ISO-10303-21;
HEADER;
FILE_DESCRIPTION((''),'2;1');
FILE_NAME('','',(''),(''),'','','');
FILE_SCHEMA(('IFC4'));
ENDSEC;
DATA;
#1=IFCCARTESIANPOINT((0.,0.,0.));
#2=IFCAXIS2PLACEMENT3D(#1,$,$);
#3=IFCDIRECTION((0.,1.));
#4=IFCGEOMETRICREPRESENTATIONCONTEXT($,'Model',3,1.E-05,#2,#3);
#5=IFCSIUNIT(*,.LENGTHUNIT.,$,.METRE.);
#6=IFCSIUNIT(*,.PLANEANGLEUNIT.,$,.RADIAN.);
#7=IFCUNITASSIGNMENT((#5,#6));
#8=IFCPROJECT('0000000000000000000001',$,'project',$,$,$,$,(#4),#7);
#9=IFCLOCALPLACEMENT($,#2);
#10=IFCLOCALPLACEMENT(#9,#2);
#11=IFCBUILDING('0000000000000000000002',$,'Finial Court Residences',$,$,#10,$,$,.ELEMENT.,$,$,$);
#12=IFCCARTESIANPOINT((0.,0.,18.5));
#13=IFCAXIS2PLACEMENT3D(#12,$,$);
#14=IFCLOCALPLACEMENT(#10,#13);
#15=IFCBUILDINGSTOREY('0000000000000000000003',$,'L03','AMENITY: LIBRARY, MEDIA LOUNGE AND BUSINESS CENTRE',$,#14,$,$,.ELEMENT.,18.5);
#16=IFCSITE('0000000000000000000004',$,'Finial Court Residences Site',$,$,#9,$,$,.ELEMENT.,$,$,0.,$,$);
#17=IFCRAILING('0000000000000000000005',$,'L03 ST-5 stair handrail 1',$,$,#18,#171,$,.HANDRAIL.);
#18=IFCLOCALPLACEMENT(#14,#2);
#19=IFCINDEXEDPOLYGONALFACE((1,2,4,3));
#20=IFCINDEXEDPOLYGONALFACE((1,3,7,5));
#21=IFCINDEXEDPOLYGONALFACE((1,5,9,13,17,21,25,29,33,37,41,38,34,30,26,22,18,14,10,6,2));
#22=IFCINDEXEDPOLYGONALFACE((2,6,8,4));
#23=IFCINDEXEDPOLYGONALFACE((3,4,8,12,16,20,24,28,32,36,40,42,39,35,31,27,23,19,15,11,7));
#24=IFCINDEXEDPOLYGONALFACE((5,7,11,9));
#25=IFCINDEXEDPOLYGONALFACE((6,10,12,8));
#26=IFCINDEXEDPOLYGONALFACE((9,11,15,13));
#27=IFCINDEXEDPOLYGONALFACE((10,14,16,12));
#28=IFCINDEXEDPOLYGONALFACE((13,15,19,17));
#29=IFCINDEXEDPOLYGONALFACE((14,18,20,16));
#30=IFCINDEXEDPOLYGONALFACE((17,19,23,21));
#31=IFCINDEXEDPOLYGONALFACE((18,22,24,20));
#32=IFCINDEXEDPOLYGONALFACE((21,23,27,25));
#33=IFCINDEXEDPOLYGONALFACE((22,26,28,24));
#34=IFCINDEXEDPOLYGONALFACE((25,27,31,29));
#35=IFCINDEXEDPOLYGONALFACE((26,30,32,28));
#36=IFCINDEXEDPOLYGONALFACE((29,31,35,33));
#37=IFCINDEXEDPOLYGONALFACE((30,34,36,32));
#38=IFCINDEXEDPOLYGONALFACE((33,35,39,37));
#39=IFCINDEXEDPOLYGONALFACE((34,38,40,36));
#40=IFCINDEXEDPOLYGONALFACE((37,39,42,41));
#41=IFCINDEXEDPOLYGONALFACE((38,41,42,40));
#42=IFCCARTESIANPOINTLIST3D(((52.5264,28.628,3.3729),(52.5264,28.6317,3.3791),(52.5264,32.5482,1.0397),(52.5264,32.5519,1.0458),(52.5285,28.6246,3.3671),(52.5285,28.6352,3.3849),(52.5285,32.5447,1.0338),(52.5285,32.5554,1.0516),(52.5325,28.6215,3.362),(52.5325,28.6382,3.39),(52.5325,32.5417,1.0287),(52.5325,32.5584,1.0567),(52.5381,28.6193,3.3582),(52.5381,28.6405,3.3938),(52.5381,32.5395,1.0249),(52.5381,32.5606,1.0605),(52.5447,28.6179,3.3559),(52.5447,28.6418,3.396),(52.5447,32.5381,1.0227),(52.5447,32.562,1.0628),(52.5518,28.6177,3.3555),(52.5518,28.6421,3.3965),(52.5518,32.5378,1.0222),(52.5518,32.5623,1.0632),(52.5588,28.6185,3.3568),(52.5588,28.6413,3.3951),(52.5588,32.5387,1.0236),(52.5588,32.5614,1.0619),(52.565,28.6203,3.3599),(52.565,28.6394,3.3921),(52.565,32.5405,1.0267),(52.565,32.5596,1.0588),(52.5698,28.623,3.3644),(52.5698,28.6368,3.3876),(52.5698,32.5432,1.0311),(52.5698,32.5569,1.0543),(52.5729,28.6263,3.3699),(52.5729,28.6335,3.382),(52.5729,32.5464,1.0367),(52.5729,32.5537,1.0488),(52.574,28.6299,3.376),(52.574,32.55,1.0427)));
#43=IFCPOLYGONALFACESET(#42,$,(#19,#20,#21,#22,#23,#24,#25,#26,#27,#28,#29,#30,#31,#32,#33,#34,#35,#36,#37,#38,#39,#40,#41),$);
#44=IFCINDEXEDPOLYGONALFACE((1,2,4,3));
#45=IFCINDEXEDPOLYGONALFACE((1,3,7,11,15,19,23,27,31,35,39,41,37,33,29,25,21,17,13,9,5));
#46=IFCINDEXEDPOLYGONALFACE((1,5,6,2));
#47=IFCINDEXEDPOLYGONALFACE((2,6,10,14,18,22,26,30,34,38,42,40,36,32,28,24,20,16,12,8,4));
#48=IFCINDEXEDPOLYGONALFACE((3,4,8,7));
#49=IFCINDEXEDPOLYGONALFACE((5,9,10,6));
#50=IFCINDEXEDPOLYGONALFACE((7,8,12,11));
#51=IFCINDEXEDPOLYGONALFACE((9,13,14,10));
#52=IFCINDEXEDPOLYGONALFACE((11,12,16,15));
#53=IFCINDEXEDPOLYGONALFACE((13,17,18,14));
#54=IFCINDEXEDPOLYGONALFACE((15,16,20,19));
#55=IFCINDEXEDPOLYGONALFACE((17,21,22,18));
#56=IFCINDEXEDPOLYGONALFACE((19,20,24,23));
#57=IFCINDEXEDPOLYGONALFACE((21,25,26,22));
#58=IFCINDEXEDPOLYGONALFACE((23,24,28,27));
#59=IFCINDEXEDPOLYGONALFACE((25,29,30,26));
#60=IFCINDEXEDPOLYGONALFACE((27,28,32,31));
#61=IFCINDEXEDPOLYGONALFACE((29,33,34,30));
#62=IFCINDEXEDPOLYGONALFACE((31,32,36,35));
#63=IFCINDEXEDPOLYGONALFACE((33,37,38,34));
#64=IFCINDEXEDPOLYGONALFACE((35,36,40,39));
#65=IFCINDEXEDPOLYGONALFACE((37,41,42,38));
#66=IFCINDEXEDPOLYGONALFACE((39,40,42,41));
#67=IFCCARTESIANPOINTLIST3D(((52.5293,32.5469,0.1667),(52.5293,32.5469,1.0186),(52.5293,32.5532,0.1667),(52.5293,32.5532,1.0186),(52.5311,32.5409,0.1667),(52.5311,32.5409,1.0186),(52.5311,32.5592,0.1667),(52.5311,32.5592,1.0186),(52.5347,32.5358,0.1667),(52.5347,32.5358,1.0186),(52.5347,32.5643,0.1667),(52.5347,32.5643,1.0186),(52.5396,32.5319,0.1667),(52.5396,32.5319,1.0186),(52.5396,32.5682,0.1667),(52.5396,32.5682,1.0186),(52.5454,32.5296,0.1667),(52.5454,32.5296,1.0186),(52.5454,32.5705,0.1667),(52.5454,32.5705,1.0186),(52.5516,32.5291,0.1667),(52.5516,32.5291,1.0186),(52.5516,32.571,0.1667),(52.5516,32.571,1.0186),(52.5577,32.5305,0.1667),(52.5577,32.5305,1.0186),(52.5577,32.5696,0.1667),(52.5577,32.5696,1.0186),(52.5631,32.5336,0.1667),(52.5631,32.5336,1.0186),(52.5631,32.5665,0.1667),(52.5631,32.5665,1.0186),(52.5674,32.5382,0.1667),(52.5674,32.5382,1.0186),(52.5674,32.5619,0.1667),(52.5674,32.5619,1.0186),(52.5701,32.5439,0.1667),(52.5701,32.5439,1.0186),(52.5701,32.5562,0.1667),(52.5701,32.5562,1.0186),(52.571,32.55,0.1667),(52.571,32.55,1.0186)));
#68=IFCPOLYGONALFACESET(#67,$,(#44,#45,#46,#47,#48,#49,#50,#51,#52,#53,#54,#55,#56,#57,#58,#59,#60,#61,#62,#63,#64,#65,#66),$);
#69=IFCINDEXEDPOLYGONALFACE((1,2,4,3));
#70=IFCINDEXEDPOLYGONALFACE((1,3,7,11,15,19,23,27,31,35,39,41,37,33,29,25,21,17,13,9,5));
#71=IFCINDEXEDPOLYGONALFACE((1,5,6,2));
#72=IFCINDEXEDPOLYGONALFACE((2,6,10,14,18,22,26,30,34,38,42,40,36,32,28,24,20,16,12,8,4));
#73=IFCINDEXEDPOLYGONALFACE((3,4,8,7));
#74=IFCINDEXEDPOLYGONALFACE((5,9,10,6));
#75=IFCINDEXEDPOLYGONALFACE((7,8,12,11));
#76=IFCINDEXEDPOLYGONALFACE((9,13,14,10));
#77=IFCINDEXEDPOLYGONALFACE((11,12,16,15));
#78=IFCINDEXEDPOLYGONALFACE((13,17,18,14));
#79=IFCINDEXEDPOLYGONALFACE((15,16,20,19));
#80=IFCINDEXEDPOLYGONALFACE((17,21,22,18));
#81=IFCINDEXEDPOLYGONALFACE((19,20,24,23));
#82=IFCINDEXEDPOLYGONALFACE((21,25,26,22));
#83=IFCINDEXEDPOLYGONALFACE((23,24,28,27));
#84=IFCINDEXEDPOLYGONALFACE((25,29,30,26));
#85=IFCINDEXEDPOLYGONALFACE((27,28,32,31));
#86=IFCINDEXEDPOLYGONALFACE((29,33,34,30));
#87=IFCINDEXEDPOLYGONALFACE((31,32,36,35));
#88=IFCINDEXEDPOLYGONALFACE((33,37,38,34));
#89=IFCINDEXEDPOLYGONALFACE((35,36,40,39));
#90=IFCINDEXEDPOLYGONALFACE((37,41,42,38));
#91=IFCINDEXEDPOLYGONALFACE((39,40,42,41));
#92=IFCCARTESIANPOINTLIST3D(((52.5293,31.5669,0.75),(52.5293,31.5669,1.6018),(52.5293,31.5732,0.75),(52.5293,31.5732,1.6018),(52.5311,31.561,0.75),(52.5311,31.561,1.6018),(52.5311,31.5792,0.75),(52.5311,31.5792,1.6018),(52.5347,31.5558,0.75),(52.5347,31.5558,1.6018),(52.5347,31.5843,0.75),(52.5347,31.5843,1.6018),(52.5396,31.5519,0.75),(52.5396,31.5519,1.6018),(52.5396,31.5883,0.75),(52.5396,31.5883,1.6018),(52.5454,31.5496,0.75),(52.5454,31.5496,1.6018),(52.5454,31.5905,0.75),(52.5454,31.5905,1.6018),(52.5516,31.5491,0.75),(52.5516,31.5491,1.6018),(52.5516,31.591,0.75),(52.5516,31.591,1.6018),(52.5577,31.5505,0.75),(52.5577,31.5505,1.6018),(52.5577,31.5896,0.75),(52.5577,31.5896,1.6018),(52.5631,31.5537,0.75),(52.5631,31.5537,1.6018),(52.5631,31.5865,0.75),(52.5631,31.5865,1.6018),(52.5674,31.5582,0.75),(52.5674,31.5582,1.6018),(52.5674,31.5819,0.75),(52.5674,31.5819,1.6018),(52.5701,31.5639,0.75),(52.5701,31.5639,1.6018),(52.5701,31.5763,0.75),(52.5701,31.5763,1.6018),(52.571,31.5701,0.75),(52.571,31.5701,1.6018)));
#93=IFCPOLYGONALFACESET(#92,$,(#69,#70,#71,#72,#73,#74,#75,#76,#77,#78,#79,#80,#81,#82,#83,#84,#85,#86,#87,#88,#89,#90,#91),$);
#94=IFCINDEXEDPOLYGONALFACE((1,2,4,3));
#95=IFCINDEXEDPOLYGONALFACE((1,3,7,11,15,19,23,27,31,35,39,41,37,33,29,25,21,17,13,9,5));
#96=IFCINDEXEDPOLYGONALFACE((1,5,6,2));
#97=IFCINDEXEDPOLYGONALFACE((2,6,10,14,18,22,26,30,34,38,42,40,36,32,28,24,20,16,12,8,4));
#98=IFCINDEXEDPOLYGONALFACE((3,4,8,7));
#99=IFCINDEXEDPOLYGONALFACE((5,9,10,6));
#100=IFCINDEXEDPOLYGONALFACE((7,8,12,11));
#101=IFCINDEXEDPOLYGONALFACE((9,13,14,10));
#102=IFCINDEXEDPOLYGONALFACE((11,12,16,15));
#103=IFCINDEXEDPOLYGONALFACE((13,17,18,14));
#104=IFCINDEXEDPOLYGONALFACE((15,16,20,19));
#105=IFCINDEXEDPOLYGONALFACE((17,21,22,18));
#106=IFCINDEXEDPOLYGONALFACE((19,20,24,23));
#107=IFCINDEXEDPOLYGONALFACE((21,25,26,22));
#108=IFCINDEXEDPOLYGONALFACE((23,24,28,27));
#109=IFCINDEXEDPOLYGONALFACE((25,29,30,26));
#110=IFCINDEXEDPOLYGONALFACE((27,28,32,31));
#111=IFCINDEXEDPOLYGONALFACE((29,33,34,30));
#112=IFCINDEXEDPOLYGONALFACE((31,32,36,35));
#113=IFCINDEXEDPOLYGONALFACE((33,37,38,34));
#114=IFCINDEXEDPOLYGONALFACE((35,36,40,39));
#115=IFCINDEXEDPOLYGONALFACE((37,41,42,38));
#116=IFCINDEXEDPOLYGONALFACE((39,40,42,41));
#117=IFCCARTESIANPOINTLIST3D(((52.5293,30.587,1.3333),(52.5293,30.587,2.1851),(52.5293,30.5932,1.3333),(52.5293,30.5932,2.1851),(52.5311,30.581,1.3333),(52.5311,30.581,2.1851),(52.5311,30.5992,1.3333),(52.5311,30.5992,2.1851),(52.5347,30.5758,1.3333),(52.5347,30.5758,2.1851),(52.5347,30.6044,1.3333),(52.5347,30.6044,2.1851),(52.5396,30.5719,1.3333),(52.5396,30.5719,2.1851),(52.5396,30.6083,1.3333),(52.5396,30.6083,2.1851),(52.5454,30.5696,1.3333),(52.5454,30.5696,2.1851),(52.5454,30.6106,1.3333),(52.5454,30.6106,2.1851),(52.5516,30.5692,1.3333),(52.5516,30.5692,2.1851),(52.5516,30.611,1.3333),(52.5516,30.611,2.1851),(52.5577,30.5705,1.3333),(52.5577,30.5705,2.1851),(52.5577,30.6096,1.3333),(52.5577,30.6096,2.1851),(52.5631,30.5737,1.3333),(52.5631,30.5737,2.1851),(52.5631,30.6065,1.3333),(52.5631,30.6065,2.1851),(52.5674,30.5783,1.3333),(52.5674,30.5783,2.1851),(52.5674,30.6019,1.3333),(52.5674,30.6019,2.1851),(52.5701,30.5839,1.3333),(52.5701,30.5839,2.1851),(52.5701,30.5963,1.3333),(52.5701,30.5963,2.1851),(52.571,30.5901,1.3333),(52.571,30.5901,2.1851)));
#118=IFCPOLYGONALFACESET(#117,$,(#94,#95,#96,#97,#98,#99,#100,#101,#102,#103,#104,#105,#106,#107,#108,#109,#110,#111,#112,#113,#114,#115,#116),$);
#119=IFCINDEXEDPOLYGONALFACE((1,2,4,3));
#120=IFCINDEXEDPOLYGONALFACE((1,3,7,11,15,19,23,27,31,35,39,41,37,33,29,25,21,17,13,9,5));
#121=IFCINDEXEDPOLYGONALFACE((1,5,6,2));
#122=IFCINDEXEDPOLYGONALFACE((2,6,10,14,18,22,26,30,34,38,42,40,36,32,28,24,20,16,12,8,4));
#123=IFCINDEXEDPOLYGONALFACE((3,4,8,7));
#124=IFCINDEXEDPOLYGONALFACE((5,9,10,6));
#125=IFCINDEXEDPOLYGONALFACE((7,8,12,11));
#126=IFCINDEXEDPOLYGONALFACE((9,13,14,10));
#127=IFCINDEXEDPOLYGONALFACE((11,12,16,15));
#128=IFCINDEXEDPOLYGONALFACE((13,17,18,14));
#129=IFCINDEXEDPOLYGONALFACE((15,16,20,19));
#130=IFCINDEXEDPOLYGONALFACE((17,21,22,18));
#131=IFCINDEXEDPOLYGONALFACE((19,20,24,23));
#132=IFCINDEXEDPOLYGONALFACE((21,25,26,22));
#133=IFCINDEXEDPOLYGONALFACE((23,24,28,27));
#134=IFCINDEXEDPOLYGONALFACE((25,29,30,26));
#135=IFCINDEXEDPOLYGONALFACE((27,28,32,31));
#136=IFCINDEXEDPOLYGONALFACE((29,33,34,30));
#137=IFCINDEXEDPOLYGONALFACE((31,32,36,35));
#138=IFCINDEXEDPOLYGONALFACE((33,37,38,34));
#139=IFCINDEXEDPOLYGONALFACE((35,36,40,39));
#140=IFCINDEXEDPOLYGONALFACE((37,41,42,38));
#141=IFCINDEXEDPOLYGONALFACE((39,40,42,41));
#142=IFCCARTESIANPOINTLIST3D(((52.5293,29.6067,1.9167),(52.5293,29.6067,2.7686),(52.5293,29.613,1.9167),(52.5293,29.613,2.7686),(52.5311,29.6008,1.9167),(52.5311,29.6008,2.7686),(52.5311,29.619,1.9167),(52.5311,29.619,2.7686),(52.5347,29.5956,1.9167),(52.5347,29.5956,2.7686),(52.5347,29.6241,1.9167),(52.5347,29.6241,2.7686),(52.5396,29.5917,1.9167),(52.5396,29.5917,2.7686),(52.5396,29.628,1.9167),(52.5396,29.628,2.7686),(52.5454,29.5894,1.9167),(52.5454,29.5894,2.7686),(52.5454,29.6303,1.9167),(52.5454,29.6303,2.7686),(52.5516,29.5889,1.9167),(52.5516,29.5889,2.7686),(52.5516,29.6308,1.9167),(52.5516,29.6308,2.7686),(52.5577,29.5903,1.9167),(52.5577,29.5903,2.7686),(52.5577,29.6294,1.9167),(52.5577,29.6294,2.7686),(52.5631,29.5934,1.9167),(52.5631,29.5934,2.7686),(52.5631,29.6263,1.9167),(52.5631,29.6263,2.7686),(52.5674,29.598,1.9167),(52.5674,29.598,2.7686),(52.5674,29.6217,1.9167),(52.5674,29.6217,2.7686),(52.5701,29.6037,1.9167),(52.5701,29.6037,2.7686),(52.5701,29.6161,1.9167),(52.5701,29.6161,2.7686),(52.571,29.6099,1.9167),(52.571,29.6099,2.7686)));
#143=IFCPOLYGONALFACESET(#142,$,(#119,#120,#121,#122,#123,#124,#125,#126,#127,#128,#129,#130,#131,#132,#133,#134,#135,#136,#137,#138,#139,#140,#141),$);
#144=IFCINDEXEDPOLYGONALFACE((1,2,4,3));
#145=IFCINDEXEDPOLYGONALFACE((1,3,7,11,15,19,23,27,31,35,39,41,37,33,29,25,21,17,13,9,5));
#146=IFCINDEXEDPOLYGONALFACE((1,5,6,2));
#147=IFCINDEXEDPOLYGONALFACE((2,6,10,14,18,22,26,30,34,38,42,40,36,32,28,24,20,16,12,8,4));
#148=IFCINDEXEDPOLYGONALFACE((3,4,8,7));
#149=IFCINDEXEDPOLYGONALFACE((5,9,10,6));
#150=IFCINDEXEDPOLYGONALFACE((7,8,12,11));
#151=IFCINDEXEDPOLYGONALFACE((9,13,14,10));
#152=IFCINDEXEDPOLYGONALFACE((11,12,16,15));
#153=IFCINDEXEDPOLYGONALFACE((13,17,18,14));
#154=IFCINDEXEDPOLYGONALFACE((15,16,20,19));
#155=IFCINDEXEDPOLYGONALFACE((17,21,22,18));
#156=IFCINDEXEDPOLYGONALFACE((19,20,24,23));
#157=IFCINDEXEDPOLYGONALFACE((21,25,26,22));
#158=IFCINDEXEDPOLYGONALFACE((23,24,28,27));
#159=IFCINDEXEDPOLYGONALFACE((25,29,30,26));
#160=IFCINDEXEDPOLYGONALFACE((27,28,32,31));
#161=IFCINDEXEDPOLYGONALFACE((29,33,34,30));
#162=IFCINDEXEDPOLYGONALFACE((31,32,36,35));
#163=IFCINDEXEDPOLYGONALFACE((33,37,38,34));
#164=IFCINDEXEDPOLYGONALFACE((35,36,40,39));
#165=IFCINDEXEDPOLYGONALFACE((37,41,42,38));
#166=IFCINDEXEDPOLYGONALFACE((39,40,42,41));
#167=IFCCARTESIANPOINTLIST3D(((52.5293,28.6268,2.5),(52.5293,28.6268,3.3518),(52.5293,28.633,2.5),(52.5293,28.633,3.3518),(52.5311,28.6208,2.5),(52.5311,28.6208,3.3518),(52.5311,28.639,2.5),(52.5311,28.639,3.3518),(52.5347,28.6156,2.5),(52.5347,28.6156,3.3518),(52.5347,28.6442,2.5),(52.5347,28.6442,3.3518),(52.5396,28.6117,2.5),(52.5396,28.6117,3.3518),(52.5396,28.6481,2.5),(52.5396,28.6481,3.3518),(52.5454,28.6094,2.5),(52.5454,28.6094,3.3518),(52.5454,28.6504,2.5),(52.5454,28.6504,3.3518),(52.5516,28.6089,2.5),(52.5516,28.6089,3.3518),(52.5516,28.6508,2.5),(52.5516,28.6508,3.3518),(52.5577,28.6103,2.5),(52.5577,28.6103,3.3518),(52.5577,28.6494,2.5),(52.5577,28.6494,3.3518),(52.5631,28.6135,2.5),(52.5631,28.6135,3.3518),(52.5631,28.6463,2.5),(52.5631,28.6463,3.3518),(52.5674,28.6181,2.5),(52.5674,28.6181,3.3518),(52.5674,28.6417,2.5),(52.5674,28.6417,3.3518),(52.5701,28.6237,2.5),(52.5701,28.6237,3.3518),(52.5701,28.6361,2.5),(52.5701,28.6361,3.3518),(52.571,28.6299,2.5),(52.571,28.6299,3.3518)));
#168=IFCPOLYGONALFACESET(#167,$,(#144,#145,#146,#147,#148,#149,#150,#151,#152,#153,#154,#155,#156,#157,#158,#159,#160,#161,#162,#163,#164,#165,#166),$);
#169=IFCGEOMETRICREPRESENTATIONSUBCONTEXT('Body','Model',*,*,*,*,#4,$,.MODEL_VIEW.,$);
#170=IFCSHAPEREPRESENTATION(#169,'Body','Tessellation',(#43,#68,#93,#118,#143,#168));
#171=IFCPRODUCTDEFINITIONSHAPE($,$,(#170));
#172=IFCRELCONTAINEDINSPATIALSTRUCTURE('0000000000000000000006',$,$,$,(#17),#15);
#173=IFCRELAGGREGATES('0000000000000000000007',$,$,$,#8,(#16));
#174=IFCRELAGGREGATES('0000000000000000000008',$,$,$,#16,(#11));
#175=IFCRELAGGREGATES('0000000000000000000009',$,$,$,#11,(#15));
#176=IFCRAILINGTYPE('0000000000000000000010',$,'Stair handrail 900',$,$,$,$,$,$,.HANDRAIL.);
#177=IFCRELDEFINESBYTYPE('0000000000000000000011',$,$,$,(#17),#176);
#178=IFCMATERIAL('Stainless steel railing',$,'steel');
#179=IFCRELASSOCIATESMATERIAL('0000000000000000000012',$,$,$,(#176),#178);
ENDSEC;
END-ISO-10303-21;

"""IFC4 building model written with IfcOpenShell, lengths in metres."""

from ifc_helpers import new_model, si_unit, direction, frame, origin, origin_2d, place, context, subcontext, project, spatial, circle, extrude, material, type_object, element, save


model = new_model("IFC4")

# Units and contexts
model_context = context("Model", 3, precision=1e-05, world=origin(), true_north=direction((0.0, 1.0)))
body_context = subcontext(model_context, "Body", "Model", "MODEL_VIEW")
ifc_project = project(units=[si_unit("LENGTHUNIT", "METRE"), si_unit("PLANEANGLEUNIT", "RADIAN")], contexts=[model_context])

# Site, building, storey
site_placement = place(None, origin())
site = spatial("IfcSite", under=ifc_project, at=site_placement, Name="Finial Court Residences Site", CompositionType="ELEMENT", RefElevation=0.0)
building_placement = place(site_placement, origin())
building = spatial("IfcBuilding", under=site, at=building_placement, Name="Finial Court Residences", CompositionType="ELEMENT")
storey_placement = place(building_placement, frame((0.0, 0.0, 18.5)))
storey = spatial("IfcBuildingStorey", under=building, at=storey_placement, Name="L03", Description="AMENITY: LIBRARY, MEDIA LOUNGE AND BUSINESS CENTRE", CompositionType="ELEMENT", Elevation=18.5)

# Railing
ifc_material_1 = material(Name="Stainless steel railing", Category="steel")
railing_type_1 = type_object("IfcRailingType", Name="Stair handrail 900", PredefinedType="HANDRAIL", material=ifc_material_1)
railing_1_placement = place(storey_placement, frame((52.55, 32.55, 0.1667)))
element("IfcRailing", 1, at=railing_1_placement, inside=storey, type_object=railing_type_1, Name="L03 ST-5 stair handrail 1", PredefinedType="HANDRAIL", context=body_context, shape_type="SweptSolid", body=[
    extrude(circle(Radius=0.0239, at=origin_2d()), frame((0.0, 0.0, 0.876), z_axis=(0.0, -0.85931, 0.511455), x_axis=(1.0, 0.0, 0.0)), (0.0, 0.0, 1.0), 4.562),
    extrude(circle(Radius=0.021, at=origin_2d()), origin(), (0.0, 0.0, 1.0), 0.8518),
    extrude(circle(Radius=0.021, at=origin_2d()), frame((0.0, -0.98, 0.5833)), (0.0, 0.0, 1.0), 0.8518),
    extrude(circle(Radius=0.021, at=origin_2d()), frame((0.0, -1.96, 1.1665)), (0.0, 0.0, 1.0), 0.8518),
    extrude(circle(Radius=0.021, at=origin_2d()), frame((0.0, -2.9402, 1.75)), (0.0, 0.0, 1.0), 0.8518),
    extrude(circle(Radius=0.021, at=origin_2d()), frame((0.0, -3.9202, 2.3333)), (0.0, 0.0, 1.0), 0.8518),
])

save(model, "model.ifc")
